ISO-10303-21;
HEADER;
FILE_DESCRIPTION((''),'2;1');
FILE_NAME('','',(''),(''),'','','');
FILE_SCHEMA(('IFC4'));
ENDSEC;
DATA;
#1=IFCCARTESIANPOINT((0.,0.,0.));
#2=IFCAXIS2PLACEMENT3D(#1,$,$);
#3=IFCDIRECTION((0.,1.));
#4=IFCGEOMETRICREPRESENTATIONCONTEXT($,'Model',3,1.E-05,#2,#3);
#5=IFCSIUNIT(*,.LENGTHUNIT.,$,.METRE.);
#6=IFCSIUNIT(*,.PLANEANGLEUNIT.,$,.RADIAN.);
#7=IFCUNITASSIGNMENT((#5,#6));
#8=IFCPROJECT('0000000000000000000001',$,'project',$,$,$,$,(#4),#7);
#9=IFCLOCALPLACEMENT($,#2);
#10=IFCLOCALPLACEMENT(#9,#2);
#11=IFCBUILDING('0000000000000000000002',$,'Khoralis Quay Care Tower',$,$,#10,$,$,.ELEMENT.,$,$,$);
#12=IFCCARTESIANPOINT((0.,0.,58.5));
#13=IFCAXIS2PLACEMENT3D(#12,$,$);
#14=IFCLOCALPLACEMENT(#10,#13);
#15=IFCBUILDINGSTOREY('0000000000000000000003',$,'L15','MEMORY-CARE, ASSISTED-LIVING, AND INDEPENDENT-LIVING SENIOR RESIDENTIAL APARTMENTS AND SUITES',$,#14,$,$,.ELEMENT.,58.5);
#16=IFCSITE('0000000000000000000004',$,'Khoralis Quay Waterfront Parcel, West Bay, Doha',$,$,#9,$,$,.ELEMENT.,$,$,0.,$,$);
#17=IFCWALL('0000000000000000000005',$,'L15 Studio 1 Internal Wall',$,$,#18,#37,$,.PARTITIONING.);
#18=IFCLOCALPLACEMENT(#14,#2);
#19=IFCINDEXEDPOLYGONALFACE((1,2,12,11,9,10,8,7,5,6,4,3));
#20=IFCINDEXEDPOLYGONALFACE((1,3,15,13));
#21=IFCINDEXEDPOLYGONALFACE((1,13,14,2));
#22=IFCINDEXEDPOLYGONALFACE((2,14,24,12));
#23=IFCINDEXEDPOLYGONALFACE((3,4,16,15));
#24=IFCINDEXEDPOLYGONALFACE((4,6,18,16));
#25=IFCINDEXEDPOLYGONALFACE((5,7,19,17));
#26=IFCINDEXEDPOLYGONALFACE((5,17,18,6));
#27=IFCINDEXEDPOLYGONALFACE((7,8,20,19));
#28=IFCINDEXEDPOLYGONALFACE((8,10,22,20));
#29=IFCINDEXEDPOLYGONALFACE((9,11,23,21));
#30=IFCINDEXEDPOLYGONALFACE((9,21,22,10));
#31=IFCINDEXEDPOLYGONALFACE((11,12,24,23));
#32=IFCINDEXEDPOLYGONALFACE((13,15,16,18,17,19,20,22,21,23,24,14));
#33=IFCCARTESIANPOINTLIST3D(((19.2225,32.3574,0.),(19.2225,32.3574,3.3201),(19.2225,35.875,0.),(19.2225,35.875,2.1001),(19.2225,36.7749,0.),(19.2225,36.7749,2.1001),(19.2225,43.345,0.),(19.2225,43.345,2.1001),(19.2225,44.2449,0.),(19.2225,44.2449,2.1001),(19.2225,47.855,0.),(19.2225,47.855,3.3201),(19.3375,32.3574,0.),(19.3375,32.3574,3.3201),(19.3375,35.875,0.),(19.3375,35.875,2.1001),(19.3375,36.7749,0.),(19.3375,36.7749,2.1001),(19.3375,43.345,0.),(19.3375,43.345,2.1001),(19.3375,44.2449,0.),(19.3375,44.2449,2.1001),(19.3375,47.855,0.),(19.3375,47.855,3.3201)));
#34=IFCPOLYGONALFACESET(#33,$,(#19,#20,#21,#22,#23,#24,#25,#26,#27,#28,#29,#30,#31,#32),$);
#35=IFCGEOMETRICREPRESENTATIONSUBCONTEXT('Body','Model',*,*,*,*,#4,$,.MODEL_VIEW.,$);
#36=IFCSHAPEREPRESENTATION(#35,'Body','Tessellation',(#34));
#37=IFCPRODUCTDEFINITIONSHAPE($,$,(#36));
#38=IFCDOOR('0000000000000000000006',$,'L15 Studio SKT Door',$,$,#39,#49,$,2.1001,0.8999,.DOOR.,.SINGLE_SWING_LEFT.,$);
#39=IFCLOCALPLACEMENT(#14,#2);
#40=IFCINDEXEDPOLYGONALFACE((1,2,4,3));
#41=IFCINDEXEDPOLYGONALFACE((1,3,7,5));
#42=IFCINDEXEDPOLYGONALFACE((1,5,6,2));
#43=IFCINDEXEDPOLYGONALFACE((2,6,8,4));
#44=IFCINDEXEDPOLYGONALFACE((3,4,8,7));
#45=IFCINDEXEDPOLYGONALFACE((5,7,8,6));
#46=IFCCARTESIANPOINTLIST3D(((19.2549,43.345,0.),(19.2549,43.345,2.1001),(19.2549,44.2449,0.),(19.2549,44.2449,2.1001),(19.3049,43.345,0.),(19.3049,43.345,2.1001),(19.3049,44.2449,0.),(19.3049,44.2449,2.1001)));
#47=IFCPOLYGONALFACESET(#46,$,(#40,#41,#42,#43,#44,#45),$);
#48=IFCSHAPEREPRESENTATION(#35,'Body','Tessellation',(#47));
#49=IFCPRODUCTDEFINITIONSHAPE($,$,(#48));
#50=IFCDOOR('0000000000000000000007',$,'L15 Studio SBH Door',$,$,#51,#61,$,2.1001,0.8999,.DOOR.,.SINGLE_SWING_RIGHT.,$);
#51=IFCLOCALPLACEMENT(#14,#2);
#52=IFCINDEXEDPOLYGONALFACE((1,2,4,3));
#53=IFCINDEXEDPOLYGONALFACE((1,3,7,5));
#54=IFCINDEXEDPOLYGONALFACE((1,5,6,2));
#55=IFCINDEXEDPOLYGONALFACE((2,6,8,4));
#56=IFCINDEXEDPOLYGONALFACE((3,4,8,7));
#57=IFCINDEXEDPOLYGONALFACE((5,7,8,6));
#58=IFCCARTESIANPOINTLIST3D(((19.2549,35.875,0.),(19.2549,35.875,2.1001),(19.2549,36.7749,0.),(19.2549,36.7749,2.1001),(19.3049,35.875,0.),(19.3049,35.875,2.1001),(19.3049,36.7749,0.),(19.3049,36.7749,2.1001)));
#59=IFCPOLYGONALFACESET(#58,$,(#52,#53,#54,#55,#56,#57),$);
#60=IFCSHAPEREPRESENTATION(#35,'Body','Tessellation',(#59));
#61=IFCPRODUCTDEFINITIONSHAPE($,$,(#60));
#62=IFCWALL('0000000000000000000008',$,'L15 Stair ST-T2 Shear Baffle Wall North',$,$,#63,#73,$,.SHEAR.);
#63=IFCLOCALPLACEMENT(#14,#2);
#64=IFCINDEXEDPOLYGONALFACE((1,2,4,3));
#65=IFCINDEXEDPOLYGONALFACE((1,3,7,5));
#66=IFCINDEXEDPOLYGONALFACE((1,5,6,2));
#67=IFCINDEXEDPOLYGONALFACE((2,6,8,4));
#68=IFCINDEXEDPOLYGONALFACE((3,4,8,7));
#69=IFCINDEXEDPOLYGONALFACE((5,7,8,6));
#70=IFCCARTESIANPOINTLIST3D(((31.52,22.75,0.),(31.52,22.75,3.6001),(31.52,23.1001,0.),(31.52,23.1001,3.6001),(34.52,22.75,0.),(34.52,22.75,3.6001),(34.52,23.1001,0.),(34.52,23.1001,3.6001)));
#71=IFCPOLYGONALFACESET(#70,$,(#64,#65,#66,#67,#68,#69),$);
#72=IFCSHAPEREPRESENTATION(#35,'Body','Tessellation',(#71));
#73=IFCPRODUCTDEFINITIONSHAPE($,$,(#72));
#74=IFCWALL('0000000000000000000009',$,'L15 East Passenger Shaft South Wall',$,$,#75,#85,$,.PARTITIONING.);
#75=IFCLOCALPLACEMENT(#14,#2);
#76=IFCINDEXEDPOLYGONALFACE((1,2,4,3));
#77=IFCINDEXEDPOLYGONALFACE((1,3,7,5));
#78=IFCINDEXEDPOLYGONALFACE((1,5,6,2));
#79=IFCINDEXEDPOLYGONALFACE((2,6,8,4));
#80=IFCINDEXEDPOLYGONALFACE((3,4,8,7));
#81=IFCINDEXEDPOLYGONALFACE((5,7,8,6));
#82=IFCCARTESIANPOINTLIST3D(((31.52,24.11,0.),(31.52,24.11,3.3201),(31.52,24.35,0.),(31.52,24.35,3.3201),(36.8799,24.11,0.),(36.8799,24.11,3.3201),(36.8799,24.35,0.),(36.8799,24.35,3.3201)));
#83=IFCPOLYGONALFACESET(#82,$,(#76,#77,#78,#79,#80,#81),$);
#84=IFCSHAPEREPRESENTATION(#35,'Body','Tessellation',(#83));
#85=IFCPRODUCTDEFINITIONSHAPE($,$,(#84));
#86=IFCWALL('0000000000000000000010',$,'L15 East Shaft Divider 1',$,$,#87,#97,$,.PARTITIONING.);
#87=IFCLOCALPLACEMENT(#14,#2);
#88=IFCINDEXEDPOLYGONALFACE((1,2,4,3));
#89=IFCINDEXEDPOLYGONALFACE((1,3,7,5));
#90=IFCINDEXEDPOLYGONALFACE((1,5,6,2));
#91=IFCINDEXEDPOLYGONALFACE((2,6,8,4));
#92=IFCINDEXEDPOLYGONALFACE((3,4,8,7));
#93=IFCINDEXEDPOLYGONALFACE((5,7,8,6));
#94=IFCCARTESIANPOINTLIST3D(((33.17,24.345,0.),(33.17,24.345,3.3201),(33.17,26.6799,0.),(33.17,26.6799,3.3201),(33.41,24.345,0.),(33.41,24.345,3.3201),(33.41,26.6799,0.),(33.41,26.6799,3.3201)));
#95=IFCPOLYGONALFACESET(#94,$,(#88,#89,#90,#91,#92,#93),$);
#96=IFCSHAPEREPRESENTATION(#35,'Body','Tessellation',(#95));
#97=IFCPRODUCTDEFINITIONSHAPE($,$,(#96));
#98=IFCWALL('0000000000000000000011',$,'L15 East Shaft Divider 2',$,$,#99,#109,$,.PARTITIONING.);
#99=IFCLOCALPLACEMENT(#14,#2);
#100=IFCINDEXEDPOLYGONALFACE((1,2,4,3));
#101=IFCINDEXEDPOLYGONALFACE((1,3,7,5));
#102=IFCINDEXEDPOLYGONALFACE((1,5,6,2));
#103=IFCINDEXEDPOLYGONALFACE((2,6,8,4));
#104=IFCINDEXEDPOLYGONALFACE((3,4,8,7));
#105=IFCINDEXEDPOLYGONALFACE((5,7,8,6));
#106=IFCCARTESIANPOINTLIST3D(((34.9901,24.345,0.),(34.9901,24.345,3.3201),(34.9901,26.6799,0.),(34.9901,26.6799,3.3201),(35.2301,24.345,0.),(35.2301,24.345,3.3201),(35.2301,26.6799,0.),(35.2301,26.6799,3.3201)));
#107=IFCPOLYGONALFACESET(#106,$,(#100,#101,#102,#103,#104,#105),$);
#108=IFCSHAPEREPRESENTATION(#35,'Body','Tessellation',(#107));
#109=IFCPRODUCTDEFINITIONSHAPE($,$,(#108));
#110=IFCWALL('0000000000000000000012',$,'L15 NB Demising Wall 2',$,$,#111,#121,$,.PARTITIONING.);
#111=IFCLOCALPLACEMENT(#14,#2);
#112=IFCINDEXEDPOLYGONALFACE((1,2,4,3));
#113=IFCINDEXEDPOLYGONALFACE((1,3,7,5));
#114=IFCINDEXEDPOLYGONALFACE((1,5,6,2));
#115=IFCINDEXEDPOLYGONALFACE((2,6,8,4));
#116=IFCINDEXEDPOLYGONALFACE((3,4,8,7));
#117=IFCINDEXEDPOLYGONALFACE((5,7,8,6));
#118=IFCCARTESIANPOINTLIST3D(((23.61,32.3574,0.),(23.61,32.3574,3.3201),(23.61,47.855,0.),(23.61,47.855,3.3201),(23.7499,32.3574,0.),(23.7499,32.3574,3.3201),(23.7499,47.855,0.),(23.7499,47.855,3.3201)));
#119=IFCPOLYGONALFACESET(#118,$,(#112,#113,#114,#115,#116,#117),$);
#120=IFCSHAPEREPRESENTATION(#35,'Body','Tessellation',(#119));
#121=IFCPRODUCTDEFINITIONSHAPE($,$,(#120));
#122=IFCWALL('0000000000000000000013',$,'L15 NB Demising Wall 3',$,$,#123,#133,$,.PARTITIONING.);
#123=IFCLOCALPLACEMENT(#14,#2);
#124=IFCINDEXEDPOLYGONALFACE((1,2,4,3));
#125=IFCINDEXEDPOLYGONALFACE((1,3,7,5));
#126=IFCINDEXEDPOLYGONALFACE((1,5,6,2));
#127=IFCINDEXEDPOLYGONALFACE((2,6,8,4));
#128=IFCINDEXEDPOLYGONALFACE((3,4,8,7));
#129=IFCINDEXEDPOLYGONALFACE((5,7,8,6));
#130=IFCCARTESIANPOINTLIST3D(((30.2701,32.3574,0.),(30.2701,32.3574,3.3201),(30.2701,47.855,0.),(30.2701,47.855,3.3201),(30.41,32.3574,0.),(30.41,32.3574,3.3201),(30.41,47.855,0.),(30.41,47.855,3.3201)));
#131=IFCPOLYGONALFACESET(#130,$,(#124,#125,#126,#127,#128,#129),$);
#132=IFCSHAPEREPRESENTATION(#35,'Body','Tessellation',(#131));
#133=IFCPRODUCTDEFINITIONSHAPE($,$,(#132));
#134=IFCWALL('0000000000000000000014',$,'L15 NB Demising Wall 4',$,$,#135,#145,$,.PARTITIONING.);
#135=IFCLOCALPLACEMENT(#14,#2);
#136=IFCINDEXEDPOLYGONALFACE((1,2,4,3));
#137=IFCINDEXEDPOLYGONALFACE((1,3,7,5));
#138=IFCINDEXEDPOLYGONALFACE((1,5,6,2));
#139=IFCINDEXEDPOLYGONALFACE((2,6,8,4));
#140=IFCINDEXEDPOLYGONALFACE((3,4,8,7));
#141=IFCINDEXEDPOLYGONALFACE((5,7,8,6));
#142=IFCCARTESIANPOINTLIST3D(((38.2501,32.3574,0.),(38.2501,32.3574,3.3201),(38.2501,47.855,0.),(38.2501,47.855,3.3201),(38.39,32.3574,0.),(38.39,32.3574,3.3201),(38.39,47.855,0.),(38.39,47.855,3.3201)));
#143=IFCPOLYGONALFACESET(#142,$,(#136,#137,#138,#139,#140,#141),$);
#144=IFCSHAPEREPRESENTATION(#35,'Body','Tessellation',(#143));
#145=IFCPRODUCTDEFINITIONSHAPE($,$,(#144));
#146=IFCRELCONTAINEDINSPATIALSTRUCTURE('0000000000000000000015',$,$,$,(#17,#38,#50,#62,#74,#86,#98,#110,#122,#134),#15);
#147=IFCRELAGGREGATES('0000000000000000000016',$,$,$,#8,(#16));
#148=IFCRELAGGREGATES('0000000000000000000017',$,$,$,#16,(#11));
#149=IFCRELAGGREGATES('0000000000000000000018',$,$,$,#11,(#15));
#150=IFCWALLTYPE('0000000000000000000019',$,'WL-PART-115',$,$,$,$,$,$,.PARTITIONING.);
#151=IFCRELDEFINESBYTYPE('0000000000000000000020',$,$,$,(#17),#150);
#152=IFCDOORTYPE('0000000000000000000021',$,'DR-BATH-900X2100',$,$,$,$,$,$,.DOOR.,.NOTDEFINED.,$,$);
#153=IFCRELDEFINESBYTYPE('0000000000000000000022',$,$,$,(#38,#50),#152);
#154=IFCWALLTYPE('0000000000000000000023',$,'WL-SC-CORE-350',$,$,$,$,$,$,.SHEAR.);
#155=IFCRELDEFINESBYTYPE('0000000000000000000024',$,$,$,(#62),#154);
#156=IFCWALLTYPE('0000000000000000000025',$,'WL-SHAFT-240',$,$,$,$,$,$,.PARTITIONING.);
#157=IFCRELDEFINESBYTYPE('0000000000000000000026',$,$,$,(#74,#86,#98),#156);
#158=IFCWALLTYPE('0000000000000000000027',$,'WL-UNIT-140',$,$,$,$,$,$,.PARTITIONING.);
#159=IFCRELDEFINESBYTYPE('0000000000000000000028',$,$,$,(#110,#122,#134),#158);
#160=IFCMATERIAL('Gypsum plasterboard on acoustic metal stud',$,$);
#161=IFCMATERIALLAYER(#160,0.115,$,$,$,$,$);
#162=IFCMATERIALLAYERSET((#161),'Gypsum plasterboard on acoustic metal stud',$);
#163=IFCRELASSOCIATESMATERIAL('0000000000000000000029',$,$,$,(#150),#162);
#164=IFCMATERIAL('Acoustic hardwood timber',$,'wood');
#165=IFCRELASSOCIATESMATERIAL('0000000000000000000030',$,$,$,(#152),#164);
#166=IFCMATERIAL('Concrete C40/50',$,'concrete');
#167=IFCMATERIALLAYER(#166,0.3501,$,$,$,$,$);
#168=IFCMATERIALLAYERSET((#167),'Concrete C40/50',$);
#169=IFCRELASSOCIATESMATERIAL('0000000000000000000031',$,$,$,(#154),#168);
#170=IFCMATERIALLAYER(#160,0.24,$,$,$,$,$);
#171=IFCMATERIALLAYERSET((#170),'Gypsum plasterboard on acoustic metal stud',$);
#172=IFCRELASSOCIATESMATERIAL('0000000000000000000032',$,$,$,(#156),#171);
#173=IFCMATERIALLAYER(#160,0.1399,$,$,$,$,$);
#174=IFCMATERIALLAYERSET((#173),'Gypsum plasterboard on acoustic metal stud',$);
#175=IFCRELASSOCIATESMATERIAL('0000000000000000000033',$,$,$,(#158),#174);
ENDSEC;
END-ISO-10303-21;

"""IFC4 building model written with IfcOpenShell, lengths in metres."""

from ifc_helpers import new_model, si_unit, direction, frame, frame_2d, origin, place, context, subcontext, project, spatial, rectangle, extrude, source, transform, mapped, material, layer, layer_set, type_object, element, fill, save


model = new_model("IFC4")

# Units and contexts
model_context = context("Model", 3, precision=1e-05, world=origin(), true_north=direction((0.0, 1.0)))
body_context = subcontext(model_context, "Body", "Model", "MODEL_VIEW")
ifc_project = project(units=[si_unit("LENGTHUNIT", "METRE"), si_unit("PLANEANGLEUNIT", "RADIAN")], contexts=[model_context])

# Site, building, storey
site_placement = place(None, origin())
site = spatial("IfcSite", under=ifc_project, at=site_placement, Name="Khoralis Quay Waterfront Parcel, West Bay, Doha", CompositionType="ELEMENT", RefElevation=0.0)
building_placement = place(site_placement, origin())
building = spatial("IfcBuilding", under=site, at=building_placement, Name="Khoralis Quay Care Tower", CompositionType="ELEMENT")
storey_placement = place(building_placement, frame((0.0, 0.0, 58.5)))
storey = spatial("IfcBuildingStorey", under=building, at=storey_placement, Name="L15", Description="MEMORY-CARE, ASSISTED-LIVING, AND INDEPENDENT-LIVING SENIOR RESIDENTIAL APARTMENTS AND SUITES", CompositionType="ELEMENT", Elevation=58.5)

# Shared definitions
ifc_material_1 = material(Name="Gypsum plasterboard on acoustic metal stud")

# Wall, openings, doors
ifc_layer_1 = layer(ifc_material_1, 0.115)
ifc_layer_set_1 = layer_set([ifc_layer_1], Name="Gypsum plasterboard on acoustic metal stud")
wall_type_1 = type_object("IfcWallType", Name="WL-PART-115", PredefinedType="PARTITIONING", material=ifc_layer_set_1)
wall_1_placement = place(storey_placement, frame((19.28, 32.3574, 0.0), z_axis=(0.0, 0.0, 1.0), x_axis=(0.0, 1.0, 0.0)))
wall_1 = element("IfcWall", 1, at=wall_1_placement, inside=storey, type_object=wall_type_1, Name="L15 Studio 1 Internal Wall", PredefinedType="PARTITIONING", context=body_context, shape_type="SweptSolid", body=[
    extrude(rectangle(XDim=15.4976, YDim=0.115, at=frame_2d((7.7488, 0.0))), origin(), (0.0, 0.0, 1.0), 3.3201),
])
opening_1_placement = place(wall_1_placement, frame((10.9875, 0.0, 0.0)))
opening_1 = element("IfcOpeningElement", 2, at=opening_1_placement, cuts=wall_1, PredefinedType="OPENING", context=body_context, shape_type="SweptSolid", body=[
    extrude(rectangle(XDim=0.8999, YDim=2.1001, at=frame_2d((0.45, 1.05))), frame((0.0, 0.0674, 0.0), z_axis=(0.0, -1.0, 0.0), x_axis=(1.0, 0.0, 0.0)), (0.0, 0.0, 1.0), 0.135),
])
opening_2_placement = place(wall_1_placement, frame((3.5176, 0.0, 0.0)))
opening_2 = element("IfcOpeningElement", 3, at=opening_2_placement, cuts=wall_1, PredefinedType="OPENING", context=body_context, shape_type="SweptSolid", body=[
    extrude(rectangle(XDim=0.8999, YDim=2.1001, at=frame_2d((0.45, 1.05))), frame((0.0, 0.0674, 0.0), z_axis=(0.0, -1.0, 0.0), x_axis=(1.0, 0.0, 0.0)), (0.0, 0.0, 1.0), 0.135),
])
ifc_material_2 = material(Name="Acoustic hardwood timber", Category="wood")
door_type_1 = type_object("IfcDoorType", Name="DR-BATH-900X2100", OperationType="NOTDEFINED", PredefinedType="DOOR", material=ifc_material_2)
shared_shape_1 = source(origin(), body_context, "Body", "SweptSolid", [
    extrude(rectangle(XDim=0.8999, YDim=2.1001, at=frame_2d((0.45, 1.05))), frame((0.0, 0.0249, 0.0), z_axis=(0.0, -1.0, 0.0), x_axis=(1.0, 0.0, 0.0)), (0.0, 0.0, 1.0), 0.05),
])
door_1_placement = place(opening_1_placement, frame((0.8999, 0.0, 0.0), z_axis=(0.0, 0.0, 1.0), x_axis=(-1.0, 0.0, 0.0)))
door_1 = element("IfcDoor", 4, at=door_1_placement, inside=storey, type_object=door_type_1, Name="L15 Studio SKT Door", OperationType="SINGLE_SWING_LEFT", OverallHeight=2.1001, OverallWidth=0.8999, PredefinedType="DOOR", context=body_context, shape_type="MappedRepresentation", body=[
    mapped(shared_shape_1, transform((0.0, 0.0, 0.0), scale=1.0)),
])
fill(opening_1, door_1)
door_2_placement = place(opening_2_placement, frame((0.8999, 0.0, 0.0), z_axis=(0.0, 0.0, 1.0), x_axis=(-1.0, 0.0, 0.0)))
door_2 = element("IfcDoor", 5, at=door_2_placement, inside=storey, type_object=door_type_1, Name="L15 Studio SBH Door", OperationType="SINGLE_SWING_RIGHT", OverallHeight=2.1001, OverallWidth=0.8999, PredefinedType="DOOR", context=body_context, shape_type="MappedRepresentation", body=[
    mapped(shared_shape_1, transform((0.0, 0.0, 0.0), scale=1.0)),
])
fill(opening_2, door_2)

# Walls
ifc_material_3 = material(Name="Concrete C40/50", Category="concrete")
ifc_layer_2 = layer(ifc_material_3, 0.3501)
ifc_layer_set_2 = layer_set([ifc_layer_2], Name="Concrete C40/50")
wall_type_2 = type_object("IfcWallType", Name="WL-SC-CORE-350", PredefinedType="SHEAR", material=ifc_layer_set_2)
wall_2_placement = place(storey_placement, frame((31.52, 22.925, 0.0), z_axis=(0.0, 0.0, 1.0), x_axis=(1.0, 0.0, 0.0)))
element("IfcWall", 6, at=wall_2_placement, inside=storey, type_object=wall_type_2, Name="L15 Stair ST-T2 Shear Baffle Wall North", PredefinedType="SHEAR", context=body_context, shape_type="SweptSolid", body=[
    extrude(rectangle(XDim=3.0, YDim=0.3501, at=frame_2d((1.5, 0.0))), origin(), (0.0, 0.0, 1.0), 3.6001),
])
ifc_layer_3 = layer(ifc_material_1, 0.24)
ifc_layer_set_3 = layer_set([ifc_layer_3], Name="Gypsum plasterboard on acoustic metal stud")
wall_type_3 = type_object("IfcWallType", Name="WL-SHAFT-240", PredefinedType="PARTITIONING", material=ifc_layer_set_3)
wall_3_placement = place(storey_placement, frame((31.52, 24.23, 0.0), z_axis=(0.0, 0.0, 1.0), x_axis=(1.0, 0.0, 0.0)))
element("IfcWall", 7, at=wall_3_placement, inside=storey, type_object=wall_type_3, Name="L15 East Passenger Shaft South Wall", PredefinedType="PARTITIONING", context=body_context, shape_type="SweptSolid", body=[
    extrude(rectangle(XDim=5.3599, YDim=0.24, at=frame_2d((2.6799, 0.0))), origin(), (0.0, 0.0, 1.0), 3.3201),
])
for number, where, z_axis, x_axis, name in (
    (8, (33.29, 24.345, 0.0), (0.0, 0.0, 1.0), (0.0, 1.0, 0.0), "L15 East Shaft Divider 1"),
    (9, (35.1101, 24.345, 0.0), (0.0, 0.0, 1.0), (0.0, 1.0, 0.0), "L15 East Shaft Divider 2"),
):
    element("IfcWall", number, at=place(storey_placement, frame(where, z_axis=z_axis, x_axis=x_axis)), inside=storey, type_object=wall_type_3, Name=name, PredefinedType="PARTITIONING", context=body_context, shape_type="SweptSolid", body=[
        extrude(rectangle(XDim=2.335, YDim=0.24, at=frame_2d((1.1675, 0.0))), origin(), (0.0, 0.0, 1.0), 3.3201),
    ])
ifc_layer_4 = layer(ifc_material_1, 0.1399)
ifc_layer_set_4 = layer_set([ifc_layer_4], Name="Gypsum plasterboard on acoustic metal stud")
wall_type_4 = type_object("IfcWallType", Name="WL-UNIT-140", PredefinedType="PARTITIONING", material=ifc_layer_set_4)
for number, where, z_axis, x_axis, name in (
    (10, (23.6799, 32.3574, 0.0), (0.0, 0.0, 1.0), (0.0, 1.0, 0.0), "L15 NB Demising Wall 2"),
    (11, (30.3401, 32.3574, 0.0), (0.0, 0.0, 1.0), (0.0, 1.0, 0.0), "L15 NB Demising Wall 3"),
    (12, (38.3201, 32.3574, 0.0), (0.0, 0.0, 1.0), (0.0, 1.0, 0.0), "L15 NB Demising Wall 4"),
):
    element("IfcWall", number, at=place(storey_placement, frame(where, z_axis=z_axis, x_axis=x_axis)), inside=storey, type_object=wall_type_4, Name=name, PredefinedType="PARTITIONING", context=body_context, shape_type="SweptSolid", body=[
        extrude(rectangle(XDim=15.4976, YDim=0.1399, at=frame_2d((7.7488, 0.0))), origin(), (0.0, 0.0, 1.0), 3.3201),
    ])

save(model, "model.ifc")
